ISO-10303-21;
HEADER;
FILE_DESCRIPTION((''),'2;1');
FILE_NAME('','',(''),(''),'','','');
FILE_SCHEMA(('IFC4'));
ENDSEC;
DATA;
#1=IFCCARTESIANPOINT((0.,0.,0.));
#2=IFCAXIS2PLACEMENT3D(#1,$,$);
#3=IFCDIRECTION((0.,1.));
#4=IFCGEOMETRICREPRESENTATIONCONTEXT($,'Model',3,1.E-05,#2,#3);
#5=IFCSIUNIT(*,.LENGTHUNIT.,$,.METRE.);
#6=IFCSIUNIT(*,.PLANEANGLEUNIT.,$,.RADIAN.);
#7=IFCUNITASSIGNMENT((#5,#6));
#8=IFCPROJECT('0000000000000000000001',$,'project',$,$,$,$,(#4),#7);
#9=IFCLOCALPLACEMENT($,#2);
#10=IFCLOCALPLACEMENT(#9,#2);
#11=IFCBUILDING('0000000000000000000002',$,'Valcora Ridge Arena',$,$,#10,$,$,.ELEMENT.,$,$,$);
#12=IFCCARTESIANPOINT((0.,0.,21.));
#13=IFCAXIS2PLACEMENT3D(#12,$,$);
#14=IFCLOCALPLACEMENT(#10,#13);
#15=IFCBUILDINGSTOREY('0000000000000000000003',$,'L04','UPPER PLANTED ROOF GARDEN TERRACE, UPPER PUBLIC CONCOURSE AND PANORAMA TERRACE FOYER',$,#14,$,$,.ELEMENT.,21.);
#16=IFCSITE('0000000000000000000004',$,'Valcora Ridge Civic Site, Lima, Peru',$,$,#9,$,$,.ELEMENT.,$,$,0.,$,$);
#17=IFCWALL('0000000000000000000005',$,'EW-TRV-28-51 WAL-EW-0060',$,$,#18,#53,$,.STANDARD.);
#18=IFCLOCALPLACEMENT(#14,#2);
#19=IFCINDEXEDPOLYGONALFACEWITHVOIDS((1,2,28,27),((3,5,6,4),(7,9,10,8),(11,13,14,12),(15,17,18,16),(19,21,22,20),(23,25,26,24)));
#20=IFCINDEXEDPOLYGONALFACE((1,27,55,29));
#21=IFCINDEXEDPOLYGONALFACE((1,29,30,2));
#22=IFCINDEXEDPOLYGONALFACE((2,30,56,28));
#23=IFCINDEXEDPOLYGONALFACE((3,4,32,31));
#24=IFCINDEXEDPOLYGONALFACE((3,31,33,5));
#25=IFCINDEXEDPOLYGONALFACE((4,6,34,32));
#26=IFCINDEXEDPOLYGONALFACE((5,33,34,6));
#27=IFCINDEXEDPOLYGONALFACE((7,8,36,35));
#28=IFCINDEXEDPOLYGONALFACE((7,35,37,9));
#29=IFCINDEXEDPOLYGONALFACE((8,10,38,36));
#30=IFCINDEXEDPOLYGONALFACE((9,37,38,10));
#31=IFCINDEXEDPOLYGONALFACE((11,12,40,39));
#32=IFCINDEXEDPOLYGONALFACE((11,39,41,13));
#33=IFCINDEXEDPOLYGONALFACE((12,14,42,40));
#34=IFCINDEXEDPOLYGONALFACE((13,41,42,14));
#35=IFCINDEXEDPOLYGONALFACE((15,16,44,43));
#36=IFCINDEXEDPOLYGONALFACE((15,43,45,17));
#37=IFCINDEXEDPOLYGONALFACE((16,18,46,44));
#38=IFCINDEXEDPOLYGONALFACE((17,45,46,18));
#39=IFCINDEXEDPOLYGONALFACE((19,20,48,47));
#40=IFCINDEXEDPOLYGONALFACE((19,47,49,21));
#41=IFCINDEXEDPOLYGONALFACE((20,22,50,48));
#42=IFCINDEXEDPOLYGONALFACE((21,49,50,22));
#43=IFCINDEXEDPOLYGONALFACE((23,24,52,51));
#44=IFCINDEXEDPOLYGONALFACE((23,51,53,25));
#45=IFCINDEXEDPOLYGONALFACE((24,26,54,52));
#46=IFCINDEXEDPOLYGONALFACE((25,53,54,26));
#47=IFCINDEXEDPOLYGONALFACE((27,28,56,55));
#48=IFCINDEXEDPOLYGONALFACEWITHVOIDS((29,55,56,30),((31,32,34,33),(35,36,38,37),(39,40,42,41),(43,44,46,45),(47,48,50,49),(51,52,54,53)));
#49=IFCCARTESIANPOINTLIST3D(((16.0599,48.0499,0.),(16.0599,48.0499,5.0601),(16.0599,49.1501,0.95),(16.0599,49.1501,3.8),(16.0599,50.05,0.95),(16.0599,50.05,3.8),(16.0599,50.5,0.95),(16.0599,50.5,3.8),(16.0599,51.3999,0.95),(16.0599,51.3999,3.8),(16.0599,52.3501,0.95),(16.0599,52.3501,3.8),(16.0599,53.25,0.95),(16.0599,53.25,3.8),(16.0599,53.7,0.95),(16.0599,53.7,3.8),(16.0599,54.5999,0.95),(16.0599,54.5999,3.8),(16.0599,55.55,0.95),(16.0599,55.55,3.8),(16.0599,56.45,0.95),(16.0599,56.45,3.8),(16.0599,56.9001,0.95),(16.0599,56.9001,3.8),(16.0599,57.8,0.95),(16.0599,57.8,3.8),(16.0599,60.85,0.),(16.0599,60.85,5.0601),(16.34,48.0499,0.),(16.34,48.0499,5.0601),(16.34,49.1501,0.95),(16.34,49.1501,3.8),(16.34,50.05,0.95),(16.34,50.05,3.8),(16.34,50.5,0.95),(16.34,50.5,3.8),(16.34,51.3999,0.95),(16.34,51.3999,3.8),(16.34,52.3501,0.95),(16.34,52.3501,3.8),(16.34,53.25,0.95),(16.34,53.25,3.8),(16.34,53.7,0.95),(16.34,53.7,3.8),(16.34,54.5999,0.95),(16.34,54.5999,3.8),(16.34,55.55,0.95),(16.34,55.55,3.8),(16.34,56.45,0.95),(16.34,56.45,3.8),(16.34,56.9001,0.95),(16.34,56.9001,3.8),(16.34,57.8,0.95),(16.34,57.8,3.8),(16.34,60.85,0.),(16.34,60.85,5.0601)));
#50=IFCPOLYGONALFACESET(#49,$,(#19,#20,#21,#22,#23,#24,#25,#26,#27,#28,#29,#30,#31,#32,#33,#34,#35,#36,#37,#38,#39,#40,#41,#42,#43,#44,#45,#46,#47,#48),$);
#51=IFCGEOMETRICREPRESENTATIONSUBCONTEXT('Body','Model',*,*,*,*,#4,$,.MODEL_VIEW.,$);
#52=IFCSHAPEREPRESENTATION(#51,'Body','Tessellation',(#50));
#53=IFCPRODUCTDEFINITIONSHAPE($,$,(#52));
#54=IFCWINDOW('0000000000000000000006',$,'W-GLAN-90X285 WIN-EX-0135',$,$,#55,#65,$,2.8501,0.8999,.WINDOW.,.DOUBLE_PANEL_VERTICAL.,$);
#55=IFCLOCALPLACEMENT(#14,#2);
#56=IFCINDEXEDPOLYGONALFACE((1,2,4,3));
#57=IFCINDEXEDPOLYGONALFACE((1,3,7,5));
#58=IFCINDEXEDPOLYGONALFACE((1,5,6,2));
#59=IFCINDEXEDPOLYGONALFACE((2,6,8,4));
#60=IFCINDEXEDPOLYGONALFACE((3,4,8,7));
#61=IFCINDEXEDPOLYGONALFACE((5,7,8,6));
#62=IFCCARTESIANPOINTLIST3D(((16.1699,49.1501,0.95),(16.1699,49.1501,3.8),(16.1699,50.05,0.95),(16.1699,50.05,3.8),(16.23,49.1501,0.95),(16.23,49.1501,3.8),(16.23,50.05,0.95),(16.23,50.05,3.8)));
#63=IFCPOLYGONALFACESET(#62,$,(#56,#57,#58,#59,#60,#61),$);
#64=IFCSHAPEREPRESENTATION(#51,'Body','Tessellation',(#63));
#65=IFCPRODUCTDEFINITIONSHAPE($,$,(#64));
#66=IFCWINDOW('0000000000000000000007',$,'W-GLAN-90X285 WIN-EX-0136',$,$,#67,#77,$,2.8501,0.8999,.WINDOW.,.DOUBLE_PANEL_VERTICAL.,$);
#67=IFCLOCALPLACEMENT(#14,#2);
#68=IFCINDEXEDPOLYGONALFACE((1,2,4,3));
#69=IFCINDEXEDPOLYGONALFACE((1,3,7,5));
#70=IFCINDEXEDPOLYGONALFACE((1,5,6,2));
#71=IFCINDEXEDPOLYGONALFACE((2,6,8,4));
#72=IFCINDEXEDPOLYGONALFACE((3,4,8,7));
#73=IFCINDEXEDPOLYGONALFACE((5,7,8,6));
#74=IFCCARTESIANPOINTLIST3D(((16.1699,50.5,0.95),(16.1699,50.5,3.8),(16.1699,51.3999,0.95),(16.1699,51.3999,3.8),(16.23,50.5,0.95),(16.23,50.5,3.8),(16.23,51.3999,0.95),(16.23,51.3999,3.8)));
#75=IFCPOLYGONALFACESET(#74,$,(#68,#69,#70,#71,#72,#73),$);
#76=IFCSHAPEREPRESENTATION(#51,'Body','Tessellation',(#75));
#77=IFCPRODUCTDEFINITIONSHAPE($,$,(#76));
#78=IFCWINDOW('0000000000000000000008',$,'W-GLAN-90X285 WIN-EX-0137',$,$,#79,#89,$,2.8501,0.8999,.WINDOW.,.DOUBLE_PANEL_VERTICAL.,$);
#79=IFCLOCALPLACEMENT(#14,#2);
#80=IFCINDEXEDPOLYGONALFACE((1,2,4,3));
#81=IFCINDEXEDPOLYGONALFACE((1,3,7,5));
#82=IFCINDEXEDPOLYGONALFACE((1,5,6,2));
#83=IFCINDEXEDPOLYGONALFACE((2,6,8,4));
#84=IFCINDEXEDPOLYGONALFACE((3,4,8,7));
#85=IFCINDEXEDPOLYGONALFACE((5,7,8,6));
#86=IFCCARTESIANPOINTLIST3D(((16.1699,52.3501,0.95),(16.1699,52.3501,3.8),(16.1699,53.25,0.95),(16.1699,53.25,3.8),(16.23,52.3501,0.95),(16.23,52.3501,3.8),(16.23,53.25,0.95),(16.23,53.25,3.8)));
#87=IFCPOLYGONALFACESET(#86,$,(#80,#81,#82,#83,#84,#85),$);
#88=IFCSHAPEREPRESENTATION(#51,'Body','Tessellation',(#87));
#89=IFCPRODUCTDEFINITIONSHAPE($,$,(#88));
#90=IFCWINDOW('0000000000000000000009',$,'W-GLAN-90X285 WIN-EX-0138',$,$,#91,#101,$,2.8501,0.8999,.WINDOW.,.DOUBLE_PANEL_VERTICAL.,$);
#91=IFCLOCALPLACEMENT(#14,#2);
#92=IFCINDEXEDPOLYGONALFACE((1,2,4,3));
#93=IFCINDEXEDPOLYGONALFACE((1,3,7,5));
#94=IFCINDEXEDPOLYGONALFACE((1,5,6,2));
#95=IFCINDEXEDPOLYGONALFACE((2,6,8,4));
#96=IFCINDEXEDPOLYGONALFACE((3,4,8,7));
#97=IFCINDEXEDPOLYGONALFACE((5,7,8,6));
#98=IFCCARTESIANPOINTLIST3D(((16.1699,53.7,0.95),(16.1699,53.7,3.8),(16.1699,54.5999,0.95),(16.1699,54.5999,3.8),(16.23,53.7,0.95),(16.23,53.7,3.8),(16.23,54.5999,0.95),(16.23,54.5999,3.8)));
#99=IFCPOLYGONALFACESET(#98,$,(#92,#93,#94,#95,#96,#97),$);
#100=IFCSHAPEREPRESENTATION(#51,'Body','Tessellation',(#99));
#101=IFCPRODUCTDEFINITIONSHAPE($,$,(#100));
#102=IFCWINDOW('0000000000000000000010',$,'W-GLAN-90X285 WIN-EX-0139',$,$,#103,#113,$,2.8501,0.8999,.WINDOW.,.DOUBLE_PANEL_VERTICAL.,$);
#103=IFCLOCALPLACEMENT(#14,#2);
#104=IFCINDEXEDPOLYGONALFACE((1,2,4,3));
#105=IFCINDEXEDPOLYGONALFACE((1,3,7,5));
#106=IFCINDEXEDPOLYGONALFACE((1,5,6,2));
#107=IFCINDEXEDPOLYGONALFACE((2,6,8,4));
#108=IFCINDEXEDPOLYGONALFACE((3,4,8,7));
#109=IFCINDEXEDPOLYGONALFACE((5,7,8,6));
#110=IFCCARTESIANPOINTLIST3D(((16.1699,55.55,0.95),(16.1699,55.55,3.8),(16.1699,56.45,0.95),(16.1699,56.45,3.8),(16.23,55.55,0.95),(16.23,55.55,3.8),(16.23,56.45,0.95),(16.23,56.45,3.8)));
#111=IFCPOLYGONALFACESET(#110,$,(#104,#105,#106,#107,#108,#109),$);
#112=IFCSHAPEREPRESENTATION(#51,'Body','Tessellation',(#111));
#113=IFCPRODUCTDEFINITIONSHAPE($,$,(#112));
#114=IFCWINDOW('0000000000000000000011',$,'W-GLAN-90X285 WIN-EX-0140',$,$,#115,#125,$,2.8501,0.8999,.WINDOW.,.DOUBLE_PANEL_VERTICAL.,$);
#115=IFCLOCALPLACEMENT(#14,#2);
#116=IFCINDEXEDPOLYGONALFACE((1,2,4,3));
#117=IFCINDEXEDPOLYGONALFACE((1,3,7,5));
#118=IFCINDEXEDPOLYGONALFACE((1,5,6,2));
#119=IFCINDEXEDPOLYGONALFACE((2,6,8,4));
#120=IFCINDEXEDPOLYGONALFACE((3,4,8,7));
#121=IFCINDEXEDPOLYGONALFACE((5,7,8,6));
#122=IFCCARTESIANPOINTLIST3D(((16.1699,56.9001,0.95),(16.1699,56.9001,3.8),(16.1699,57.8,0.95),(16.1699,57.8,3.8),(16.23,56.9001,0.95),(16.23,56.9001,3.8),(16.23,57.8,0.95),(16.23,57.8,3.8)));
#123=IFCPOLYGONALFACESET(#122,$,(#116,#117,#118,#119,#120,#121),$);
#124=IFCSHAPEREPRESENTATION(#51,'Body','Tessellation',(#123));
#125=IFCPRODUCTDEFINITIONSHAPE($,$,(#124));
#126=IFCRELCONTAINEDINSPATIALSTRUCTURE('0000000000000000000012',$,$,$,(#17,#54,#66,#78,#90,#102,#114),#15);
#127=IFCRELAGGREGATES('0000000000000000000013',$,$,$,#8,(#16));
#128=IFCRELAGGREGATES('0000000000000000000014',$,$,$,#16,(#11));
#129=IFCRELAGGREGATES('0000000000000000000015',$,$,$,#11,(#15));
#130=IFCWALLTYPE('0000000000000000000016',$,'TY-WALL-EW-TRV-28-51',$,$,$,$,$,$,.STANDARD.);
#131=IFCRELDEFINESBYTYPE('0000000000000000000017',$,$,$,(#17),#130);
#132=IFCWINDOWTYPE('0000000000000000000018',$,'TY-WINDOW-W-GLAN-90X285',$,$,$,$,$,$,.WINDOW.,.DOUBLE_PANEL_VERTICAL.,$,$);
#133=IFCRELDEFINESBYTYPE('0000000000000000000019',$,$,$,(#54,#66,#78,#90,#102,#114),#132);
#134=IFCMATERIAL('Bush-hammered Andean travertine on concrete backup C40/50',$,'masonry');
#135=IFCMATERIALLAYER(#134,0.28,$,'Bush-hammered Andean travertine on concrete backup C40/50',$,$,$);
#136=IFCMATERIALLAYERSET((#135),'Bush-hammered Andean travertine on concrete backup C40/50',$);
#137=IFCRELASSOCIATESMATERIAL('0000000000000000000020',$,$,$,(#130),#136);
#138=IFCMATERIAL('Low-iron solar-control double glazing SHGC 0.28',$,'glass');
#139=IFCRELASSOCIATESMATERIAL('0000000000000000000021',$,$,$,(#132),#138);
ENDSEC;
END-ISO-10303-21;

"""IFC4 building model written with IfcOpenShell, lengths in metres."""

from ifc_helpers import new_model, si_unit, direction, frame, frame_2d, origin, place, context, subcontext, project, spatial, rectangle, extrude, material, layer, layer_set, type_object, element, fill, save


model = new_model("IFC4")

# Units and contexts
model_context = context("Model", 3, precision=1e-05, world=origin(), true_north=direction((0.0, 1.0)))
body_context = subcontext(model_context, "Body", "Model", "MODEL_VIEW")
ifc_project = project(units=[si_unit("LENGTHUNIT", "METRE"), si_unit("PLANEANGLEUNIT", "RADIAN")], contexts=[model_context])

# Site, building, storey
site_placement = place(None, origin())
site = spatial("IfcSite", under=ifc_project, at=site_placement, Name="Valcora Ridge Civic Site, Lima, Peru", CompositionType="ELEMENT", RefElevation=0.0)
building_placement = place(site_placement, origin())
building = spatial("IfcBuilding", under=site, at=building_placement, Name="Valcora Ridge Arena", CompositionType="ELEMENT")
storey_placement = place(building_placement, frame((0.0, 0.0, 21.0)))
storey = spatial("IfcBuildingStorey", under=building, at=storey_placement, Name="L04", Description="UPPER PLANTED ROOF GARDEN TERRACE, UPPER PUBLIC CONCOURSE AND PANORAMA TERRACE FOYER", CompositionType="ELEMENT", Elevation=21.0)

# Shared definitions
ifc_material_1 = material(Name="Low-iron solar-control double glazing SHGC 0.28", Category="glass")

# Wall, openings, windows
ifc_material_2 = material(Name="Bush-hammered Andean travertine on concrete backup C40/50", Category="masonry")
ifc_layer_1 = layer(ifc_material_2, 0.28, Name="Bush-hammered Andean travertine on concrete backup C40/50")
ifc_layer_set_1 = layer_set([ifc_layer_1], Name="Bush-hammered Andean travertine on concrete backup C40/50")
wall_type = type_object("IfcWallType", Name="TY-WALL-EW-TRV-28-51", PredefinedType="STANDARD", material=ifc_layer_set_1)
wall_1_placement = place(storey_placement, frame((16.2, 48.05, 0.0), z_axis=(0.0, 0.0, 1.0), x_axis=(0.0, 1.0, 0.0)))
wall_1 = element("IfcWall", 1, at=wall_1_placement, inside=storey, type_object=wall_type, Name="EW-TRV-28-51 WAL-EW-0060", PredefinedType="STANDARD", context=body_context, shape_type="SweptSolid", body=[
    extrude(rectangle(XDim=12.8, YDim=0.28, at=frame_2d((6.3999, 0.0))), origin(), (0.0, 0.0, 1.0), 5.0601),
])
opening_1_placement = place(wall_1_placement, frame((1.1001, 0.0, 0.95)))
opening_1 = element("IfcOpeningElement", 2, at=opening_1_placement, cuts=wall_1, PredefinedType="OPENING", context=body_context, shape_type="SweptSolid", body=[
    extrude(rectangle(XDim=0.8999, YDim=2.8501, at=frame_2d((0.45, 1.425))), frame((0.0, 0.1499, 0.0), z_axis=(0.0, -1.0, 0.0), x_axis=(1.0, 0.0, 0.0)), (0.0, 0.0, 1.0), 0.3),
])
opening_2_placement = place(wall_1_placement, frame((2.45, 0.0, 0.95)))
opening_2 = element("IfcOpeningElement", 3, at=opening_2_placement, cuts=wall_1, PredefinedType="OPENING", context=body_context, shape_type="SweptSolid", body=[
    extrude(rectangle(XDim=0.8999, YDim=2.8501, at=frame_2d((0.45, 1.425))), frame((0.0, 0.1499, 0.0), z_axis=(0.0, -1.0, 0.0), x_axis=(1.0, 0.0, 0.0)), (0.0, 0.0, 1.0), 0.3),
])
opening_3_placement = place(wall_1_placement, frame((4.3, 0.0, 0.95)))
opening_3 = element("IfcOpeningElement", 4, at=opening_3_placement, cuts=wall_1, PredefinedType="OPENING", context=body_context, shape_type="SweptSolid", body=[
    extrude(rectangle(XDim=0.8999, YDim=2.8501, at=frame_2d((0.45, 1.425))), frame((0.0, 0.1499, 0.0), z_axis=(0.0, -1.0, 0.0), x_axis=(1.0, 0.0, 0.0)), (0.0, 0.0, 1.0), 0.3),
])
opening_4_placement = place(wall_1_placement, frame((5.6499, 0.0, 0.95)))
opening_4 = element("IfcOpeningElement", 5, at=opening_4_placement, cuts=wall_1, PredefinedType="OPENING", context=body_context, shape_type="SweptSolid", body=[
    extrude(rectangle(XDim=0.8999, YDim=2.8501, at=frame_2d((0.45, 1.425))), frame((0.0, 0.1499, 0.0), z_axis=(0.0, -1.0, 0.0), x_axis=(1.0, 0.0, 0.0)), (0.0, 0.0, 1.0), 0.3),
])
opening_5_placement = place(wall_1_placement, frame((7.5, 0.0, 0.95)))
opening_5 = element("IfcOpeningElement", 6, at=opening_5_placement, cuts=wall_1, PredefinedType="OPENING", context=body_context, shape_type="SweptSolid", body=[
    extrude(rectangle(XDim=0.8999, YDim=2.8501, at=frame_2d((0.45, 1.425))), frame((0.0, 0.1499, 0.0), z_axis=(0.0, -1.0, 0.0), x_axis=(1.0, 0.0, 0.0)), (0.0, 0.0, 1.0), 0.3),
])
opening_6_placement = place(wall_1_placement, frame((8.8501, 0.0, 0.95)))
opening_6 = element("IfcOpeningElement", 7, at=opening_6_placement, cuts=wall_1, PredefinedType="OPENING", context=body_context, shape_type="SweptSolid", body=[
    extrude(rectangle(XDim=0.8999, YDim=2.8501, at=frame_2d((0.45, 1.425))), frame((0.0, 0.1499, 0.0), z_axis=(0.0, -1.0, 0.0), x_axis=(1.0, 0.0, 0.0)), (0.0, 0.0, 1.0), 0.3),
])
window_type = type_object("IfcWindowType", Name="TY-WINDOW-W-GLAN-90X285", PartitioningType="DOUBLE_PANEL_VERTICAL", PredefinedType="WINDOW", material=ifc_material_1)
window_1_placement = place(opening_1_placement, origin())
window_1 = element("IfcWindow", 8, at=window_1_placement, inside=storey, type_object=window_type, Name="W-GLAN-90X285 WIN-EX-0135", OverallHeight=2.8501, OverallWidth=0.8999, PartitioningType="DOUBLE_PANEL_VERTICAL", PredefinedType="WINDOW", context=body_context, shape_type="SweptSolid", body=[
    extrude(rectangle(XDim=0.8999, YDim=2.8501, at=frame_2d((0.45, 1.425))), frame((0.0, 0.03, 0.0), z_axis=(0.0, -1.0, 0.0), x_axis=(1.0, 0.0, 0.0)), (0.0, 0.0, 1.0), 0.0601),
])
fill(opening_1, window_1)
window_2_placement = place(opening_2_placement, origin())
window_2 = element("IfcWindow", 9, at=window_2_placement, inside=storey, type_object=window_type, Name="W-GLAN-90X285 WIN-EX-0136", OverallHeight=2.8501, OverallWidth=0.8999, PartitioningType="DOUBLE_PANEL_VERTICAL", PredefinedType="WINDOW", context=body_context, shape_type="SweptSolid", body=[
    extrude(rectangle(XDim=0.8999, YDim=2.8501, at=frame_2d((0.45, 1.425))), frame((0.0, 0.03, 0.0), z_axis=(0.0, -1.0, 0.0), x_axis=(1.0, 0.0, 0.0)), (0.0, 0.0, 1.0), 0.0601),
])
fill(opening_2, window_2)
window_3_placement = place(opening_3_placement, origin())
window_3 = element("IfcWindow", 10, at=window_3_placement, inside=storey, type_object=window_type, Name="W-GLAN-90X285 WIN-EX-0137", OverallHeight=2.8501, OverallWidth=0.8999, PartitioningType="DOUBLE_PANEL_VERTICAL", PredefinedType="WINDOW", context=body_context, shape_type="SweptSolid", body=[
    extrude(rectangle(XDim=0.8999, YDim=2.8501, at=frame_2d((0.45, 1.425))), frame((0.0, 0.03, 0.0), z_axis=(0.0, -1.0, 0.0), x_axis=(1.0, 0.0, 0.0)), (0.0, 0.0, 1.0), 0.0601),
])
fill(opening_3, window_3)
window_4_placement = place(opening_4_placement, origin())
window_4 = element("IfcWindow", 11, at=window_4_placement, inside=storey, type_object=window_type, Name="W-GLAN-90X285 WIN-EX-0138", OverallHeight=2.8501, OverallWidth=0.8999, PartitioningType="DOUBLE_PANEL_VERTICAL", PredefinedType="WINDOW", context=body_context, shape_type="SweptSolid", body=[
    extrude(rectangle(XDim=0.8999, YDim=2.8501, at=frame_2d((0.45, 1.425))), frame((0.0, 0.03, 0.0), z_axis=(0.0, -1.0, 0.0), x_axis=(1.0, 0.0, 0.0)), (0.0, 0.0, 1.0), 0.0601),
])
fill(opening_4, window_4)
window_5_placement = place(opening_5_placement, origin())
window_5 = element("IfcWindow", 12, at=window_5_placement, inside=storey, type_object=window_type, Name="W-GLAN-90X285 WIN-EX-0139", OverallHeight=2.8501, OverallWidth=0.8999, PartitioningType="DOUBLE_PANEL_VERTICAL", PredefinedType="WINDOW", context=body_context, shape_type="SweptSolid", body=[
    extrude(rectangle(XDim=0.8999, YDim=2.8501, at=frame_2d((0.45, 1.425))), frame((0.0, 0.03, 0.0), z_axis=(0.0, -1.0, 0.0), x_axis=(1.0, 0.0, 0.0)), (0.0, 0.0, 1.0), 0.0601),
])
fill(opening_5, window_5)
window_6_placement = place(opening_6_placement, origin())
window_6 = element("IfcWindow", 13, at=window_6_placement, inside=storey, type_object=window_type, Name="W-GLAN-90X285 WIN-EX-0140", OverallHeight=2.8501, OverallWidth=0.8999, PartitioningType="DOUBLE_PANEL_VERTICAL", PredefinedType="WINDOW", context=body_context, shape_type="SweptSolid", body=[
    extrude(rectangle(XDim=0.8999, YDim=2.8501, at=frame_2d((0.45, 1.425))), frame((0.0, 0.03, 0.0), z_axis=(0.0, -1.0, 0.0), x_axis=(1.0, 0.0, 0.0)), (0.0, 0.0, 1.0), 0.0601),
])
fill(opening_6, window_6)

save(model, "model.ifc")
